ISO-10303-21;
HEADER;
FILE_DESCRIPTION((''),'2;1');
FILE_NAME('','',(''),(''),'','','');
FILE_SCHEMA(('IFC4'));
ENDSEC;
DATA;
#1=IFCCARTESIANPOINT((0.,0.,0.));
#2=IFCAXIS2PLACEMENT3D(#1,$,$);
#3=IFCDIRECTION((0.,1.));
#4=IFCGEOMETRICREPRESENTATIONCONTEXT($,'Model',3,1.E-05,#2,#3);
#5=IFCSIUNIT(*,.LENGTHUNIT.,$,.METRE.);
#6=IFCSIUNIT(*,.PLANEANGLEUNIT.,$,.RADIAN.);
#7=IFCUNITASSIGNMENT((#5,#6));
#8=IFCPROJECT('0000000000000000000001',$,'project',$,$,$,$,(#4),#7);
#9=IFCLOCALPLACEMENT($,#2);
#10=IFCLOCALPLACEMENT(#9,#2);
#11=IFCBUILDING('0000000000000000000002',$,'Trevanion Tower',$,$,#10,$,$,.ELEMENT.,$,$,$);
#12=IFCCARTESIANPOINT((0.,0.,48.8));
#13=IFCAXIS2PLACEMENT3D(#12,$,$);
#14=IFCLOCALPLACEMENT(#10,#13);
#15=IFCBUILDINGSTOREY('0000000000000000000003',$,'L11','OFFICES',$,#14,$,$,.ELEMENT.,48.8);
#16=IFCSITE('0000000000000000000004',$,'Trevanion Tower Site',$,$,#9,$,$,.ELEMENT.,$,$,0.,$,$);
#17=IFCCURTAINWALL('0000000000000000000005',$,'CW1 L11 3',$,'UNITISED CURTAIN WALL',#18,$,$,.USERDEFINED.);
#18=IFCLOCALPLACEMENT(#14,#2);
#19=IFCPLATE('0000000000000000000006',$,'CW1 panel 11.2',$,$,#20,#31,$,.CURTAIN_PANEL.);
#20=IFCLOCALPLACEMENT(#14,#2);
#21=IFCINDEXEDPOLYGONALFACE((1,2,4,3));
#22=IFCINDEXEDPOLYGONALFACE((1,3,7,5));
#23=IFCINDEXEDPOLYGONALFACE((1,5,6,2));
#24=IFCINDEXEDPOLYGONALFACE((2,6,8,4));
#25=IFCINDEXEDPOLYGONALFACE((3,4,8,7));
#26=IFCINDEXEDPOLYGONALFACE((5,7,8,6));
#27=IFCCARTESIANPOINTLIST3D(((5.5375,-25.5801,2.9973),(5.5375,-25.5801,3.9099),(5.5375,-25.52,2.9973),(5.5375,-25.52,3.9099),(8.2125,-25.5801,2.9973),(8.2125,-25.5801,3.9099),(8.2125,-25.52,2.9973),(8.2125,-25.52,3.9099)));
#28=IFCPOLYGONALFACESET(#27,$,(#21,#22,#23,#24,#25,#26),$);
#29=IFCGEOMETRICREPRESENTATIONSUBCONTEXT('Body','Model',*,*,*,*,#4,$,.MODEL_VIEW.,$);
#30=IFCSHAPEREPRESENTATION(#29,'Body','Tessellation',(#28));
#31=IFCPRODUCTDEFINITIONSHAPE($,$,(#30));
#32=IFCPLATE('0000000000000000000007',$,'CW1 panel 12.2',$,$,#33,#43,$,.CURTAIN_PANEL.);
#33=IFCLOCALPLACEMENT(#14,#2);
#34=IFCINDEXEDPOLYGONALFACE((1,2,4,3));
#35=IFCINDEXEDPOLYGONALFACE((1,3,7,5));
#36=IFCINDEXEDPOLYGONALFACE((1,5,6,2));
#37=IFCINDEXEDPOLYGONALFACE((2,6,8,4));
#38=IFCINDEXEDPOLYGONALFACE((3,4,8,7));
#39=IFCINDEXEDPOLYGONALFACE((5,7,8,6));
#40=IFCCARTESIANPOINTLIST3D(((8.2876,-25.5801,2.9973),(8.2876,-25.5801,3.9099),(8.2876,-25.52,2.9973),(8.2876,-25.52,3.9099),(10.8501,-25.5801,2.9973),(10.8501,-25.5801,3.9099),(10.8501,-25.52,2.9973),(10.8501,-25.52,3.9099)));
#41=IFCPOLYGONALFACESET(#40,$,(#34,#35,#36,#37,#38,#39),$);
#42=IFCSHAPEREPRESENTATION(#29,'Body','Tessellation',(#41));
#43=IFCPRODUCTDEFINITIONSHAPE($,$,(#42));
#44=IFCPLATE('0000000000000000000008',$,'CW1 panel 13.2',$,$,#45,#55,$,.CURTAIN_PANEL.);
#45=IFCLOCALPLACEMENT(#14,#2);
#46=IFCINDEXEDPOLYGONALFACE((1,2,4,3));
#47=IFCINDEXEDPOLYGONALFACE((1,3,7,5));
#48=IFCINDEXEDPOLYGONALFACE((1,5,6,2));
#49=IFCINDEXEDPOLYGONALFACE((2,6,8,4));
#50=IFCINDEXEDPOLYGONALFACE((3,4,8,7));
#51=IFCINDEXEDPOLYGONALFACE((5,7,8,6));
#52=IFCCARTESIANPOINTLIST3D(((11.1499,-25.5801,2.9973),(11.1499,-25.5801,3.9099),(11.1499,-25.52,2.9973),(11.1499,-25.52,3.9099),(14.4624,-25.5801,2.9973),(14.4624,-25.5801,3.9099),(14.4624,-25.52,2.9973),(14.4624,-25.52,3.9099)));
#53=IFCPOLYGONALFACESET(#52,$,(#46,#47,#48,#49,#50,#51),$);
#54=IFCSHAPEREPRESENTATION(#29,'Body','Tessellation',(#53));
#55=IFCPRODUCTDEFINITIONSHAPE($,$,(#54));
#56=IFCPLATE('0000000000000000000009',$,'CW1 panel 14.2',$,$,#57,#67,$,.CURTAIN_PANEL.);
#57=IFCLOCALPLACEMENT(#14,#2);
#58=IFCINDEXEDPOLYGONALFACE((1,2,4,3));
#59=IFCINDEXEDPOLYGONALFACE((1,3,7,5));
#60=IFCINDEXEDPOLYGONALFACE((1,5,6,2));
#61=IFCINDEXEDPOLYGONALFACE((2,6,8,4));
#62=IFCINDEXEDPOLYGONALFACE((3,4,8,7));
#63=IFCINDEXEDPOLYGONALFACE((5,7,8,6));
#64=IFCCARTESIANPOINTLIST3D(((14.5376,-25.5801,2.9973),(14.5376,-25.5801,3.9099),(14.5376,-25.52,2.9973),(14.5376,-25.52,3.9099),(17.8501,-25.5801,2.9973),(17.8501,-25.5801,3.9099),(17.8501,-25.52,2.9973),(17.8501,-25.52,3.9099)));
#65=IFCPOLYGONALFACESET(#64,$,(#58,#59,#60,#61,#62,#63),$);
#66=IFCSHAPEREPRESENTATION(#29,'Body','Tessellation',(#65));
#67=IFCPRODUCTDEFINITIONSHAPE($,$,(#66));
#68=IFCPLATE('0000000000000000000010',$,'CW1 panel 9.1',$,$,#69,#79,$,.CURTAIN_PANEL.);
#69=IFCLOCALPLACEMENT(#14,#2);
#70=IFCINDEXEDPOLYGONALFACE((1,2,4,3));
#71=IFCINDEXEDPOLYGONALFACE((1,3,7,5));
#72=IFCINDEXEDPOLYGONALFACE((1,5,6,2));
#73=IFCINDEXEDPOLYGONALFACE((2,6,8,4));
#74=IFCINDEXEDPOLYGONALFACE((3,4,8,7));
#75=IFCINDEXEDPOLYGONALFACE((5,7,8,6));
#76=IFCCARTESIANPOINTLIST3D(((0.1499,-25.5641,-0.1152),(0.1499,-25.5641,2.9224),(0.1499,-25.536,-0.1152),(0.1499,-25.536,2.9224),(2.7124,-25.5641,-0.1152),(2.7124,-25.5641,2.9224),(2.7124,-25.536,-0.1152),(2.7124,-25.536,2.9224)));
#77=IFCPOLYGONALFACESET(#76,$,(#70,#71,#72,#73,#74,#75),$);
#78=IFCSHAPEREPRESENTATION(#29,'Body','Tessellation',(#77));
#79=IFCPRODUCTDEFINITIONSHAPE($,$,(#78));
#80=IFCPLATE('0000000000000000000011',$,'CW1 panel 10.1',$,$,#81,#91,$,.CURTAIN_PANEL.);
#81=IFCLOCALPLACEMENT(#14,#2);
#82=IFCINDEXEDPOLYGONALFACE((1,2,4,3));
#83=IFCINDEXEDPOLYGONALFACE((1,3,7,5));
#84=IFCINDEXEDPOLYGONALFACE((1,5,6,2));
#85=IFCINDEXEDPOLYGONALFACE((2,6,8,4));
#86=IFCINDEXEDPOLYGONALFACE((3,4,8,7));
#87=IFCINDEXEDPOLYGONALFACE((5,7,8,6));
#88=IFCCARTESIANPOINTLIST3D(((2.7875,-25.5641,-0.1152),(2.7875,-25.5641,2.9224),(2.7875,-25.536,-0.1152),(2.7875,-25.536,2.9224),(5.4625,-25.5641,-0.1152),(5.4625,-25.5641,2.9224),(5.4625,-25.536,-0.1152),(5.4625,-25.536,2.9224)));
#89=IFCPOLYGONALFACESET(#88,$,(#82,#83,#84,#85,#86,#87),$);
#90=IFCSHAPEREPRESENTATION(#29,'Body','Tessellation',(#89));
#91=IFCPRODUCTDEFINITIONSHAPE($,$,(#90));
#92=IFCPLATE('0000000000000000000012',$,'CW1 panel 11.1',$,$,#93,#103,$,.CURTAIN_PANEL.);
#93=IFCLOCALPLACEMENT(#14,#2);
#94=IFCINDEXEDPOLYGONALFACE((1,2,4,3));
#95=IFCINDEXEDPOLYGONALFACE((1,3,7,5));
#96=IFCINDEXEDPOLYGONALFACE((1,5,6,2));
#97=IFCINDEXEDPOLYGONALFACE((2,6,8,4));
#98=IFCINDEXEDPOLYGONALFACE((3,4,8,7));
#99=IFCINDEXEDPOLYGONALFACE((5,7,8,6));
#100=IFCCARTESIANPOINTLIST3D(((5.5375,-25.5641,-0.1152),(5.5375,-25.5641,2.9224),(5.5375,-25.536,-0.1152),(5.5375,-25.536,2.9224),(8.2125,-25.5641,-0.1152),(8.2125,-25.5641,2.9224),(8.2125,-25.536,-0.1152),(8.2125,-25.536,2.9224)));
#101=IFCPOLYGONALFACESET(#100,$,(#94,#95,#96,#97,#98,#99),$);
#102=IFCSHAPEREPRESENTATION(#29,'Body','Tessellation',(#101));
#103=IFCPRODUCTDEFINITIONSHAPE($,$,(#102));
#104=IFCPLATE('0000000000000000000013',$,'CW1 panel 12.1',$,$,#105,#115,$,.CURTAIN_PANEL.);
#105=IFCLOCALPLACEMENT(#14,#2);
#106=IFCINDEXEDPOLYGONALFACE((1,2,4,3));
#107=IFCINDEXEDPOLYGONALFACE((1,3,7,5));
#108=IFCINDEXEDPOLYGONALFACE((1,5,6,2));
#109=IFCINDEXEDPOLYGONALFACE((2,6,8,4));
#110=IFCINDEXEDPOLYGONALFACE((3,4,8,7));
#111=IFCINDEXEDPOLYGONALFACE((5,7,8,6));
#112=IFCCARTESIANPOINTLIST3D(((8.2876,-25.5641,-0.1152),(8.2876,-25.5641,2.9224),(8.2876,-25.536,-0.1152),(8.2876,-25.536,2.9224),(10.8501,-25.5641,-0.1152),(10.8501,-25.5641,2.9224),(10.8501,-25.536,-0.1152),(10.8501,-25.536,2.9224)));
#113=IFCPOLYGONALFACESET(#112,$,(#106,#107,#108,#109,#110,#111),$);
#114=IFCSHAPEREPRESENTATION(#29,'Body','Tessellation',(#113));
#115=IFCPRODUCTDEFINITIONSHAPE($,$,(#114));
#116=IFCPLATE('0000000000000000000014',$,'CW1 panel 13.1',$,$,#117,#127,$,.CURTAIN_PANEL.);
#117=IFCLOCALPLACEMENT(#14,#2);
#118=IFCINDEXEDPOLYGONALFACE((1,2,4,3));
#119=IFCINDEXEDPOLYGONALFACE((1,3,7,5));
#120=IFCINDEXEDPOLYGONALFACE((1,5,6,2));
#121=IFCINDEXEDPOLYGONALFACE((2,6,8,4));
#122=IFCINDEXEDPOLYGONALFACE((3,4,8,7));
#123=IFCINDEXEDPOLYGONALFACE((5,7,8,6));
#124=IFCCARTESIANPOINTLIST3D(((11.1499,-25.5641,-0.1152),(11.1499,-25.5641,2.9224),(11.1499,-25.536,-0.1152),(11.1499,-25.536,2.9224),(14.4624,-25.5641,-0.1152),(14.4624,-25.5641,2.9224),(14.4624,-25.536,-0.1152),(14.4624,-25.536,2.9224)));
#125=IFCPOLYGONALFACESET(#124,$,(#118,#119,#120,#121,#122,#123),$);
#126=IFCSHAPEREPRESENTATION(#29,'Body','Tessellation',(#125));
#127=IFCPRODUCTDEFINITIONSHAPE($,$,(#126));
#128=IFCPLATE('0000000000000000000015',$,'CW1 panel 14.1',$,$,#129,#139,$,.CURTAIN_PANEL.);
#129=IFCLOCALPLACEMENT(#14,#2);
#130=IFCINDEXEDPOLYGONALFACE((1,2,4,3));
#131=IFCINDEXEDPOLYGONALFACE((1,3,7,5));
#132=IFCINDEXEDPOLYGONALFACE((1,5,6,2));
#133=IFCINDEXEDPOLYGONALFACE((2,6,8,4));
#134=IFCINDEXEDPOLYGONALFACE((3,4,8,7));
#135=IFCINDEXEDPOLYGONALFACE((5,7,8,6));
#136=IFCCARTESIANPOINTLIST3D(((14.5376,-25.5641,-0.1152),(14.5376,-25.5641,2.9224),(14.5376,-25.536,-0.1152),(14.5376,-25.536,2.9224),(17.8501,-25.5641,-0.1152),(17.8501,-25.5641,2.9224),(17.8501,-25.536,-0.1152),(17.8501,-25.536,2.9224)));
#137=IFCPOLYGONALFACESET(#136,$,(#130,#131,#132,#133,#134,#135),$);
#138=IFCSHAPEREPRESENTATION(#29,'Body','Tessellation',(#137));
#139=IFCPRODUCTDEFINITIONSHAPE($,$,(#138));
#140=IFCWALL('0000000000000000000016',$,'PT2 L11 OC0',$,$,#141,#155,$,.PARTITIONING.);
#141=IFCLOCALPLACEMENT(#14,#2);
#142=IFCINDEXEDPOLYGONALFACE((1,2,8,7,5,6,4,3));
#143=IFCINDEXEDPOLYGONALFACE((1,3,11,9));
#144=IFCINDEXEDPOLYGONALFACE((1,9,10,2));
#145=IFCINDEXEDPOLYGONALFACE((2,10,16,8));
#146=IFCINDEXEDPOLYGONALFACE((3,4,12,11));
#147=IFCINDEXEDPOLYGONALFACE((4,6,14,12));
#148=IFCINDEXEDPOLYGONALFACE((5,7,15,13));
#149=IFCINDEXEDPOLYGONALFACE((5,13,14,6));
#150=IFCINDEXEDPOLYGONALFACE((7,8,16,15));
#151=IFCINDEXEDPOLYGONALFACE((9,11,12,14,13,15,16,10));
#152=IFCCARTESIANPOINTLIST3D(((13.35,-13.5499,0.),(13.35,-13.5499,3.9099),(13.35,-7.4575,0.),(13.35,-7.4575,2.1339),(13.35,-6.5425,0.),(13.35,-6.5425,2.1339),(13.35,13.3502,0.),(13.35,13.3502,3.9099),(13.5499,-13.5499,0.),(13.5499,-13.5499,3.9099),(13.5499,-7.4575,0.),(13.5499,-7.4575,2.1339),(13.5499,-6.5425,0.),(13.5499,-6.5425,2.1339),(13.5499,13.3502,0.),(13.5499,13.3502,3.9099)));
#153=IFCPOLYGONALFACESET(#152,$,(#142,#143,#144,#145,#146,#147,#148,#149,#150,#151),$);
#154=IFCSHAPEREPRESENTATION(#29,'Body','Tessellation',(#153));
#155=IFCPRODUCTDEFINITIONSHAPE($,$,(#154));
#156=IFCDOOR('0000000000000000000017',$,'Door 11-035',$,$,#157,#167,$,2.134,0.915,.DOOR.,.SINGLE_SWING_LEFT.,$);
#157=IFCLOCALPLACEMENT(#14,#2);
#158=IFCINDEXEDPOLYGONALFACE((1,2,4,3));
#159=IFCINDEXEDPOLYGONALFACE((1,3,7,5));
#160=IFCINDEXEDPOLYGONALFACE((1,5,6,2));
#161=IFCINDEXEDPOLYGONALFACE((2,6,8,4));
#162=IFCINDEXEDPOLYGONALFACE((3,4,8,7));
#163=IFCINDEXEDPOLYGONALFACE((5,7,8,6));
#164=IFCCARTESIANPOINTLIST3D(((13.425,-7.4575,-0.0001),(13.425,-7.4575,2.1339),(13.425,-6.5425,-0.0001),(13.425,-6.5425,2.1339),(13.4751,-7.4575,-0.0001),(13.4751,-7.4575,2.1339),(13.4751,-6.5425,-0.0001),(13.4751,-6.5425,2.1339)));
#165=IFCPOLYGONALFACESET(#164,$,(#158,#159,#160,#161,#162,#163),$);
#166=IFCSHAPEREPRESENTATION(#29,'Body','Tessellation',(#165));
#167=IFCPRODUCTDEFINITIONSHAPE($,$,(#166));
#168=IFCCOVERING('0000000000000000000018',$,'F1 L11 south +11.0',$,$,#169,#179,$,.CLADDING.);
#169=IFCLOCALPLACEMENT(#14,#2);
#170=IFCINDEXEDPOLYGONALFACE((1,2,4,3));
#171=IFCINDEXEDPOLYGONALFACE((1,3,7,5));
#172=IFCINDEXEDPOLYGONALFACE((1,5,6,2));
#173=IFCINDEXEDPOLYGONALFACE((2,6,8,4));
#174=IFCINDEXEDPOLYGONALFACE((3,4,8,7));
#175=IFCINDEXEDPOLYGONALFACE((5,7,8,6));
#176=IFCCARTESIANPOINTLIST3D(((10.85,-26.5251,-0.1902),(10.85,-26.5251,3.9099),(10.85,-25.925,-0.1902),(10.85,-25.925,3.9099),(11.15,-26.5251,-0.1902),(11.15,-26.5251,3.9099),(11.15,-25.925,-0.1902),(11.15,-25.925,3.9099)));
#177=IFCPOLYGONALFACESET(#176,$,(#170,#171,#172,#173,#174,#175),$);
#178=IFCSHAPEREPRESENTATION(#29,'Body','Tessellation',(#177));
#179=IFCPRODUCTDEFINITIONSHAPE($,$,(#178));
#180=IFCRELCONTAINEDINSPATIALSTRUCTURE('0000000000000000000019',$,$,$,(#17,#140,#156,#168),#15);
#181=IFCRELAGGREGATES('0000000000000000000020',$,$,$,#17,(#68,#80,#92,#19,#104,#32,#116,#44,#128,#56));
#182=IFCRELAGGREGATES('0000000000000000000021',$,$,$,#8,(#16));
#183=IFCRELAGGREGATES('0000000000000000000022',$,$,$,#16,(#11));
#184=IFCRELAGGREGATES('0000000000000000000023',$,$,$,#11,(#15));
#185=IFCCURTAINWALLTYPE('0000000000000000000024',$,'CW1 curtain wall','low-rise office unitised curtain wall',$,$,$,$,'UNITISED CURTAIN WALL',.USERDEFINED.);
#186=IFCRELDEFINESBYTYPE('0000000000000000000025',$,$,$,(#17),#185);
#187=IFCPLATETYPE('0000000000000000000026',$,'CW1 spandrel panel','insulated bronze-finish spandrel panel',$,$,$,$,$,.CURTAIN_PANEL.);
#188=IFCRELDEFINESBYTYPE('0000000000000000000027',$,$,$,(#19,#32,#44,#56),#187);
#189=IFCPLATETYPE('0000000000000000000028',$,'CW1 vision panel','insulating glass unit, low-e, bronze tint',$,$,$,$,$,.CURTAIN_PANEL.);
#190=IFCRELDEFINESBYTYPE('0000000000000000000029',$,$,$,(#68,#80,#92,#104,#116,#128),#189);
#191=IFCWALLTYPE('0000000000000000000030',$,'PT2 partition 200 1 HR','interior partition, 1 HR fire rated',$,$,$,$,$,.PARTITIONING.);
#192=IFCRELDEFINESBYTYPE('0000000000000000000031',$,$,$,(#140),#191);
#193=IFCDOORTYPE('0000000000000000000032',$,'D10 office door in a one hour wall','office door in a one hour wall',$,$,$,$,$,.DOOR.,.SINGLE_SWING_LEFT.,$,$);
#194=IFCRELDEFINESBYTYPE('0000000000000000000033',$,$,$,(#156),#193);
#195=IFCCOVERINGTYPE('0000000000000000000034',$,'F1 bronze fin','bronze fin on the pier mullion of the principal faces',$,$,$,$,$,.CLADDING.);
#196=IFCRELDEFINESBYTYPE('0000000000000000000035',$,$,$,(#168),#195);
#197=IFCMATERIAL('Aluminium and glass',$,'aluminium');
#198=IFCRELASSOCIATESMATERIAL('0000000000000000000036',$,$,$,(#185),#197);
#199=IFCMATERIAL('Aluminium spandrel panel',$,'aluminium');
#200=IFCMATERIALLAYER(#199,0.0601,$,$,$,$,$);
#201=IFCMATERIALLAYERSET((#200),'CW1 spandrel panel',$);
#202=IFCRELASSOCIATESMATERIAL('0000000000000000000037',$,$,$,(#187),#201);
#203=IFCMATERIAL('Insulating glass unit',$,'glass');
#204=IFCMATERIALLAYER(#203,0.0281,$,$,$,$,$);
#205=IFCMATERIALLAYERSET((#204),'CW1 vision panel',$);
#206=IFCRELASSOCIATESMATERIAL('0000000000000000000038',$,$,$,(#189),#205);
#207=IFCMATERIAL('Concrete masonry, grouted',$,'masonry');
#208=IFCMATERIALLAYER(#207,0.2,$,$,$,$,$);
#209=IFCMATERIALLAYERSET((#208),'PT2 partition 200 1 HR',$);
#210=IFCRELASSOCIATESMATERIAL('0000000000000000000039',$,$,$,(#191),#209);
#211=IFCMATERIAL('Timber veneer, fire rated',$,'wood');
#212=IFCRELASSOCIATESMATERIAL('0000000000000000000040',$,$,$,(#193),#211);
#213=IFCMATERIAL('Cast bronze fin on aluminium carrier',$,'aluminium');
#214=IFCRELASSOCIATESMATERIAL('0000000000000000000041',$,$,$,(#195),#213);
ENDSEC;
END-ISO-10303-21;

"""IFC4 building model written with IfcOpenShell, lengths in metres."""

from ifc_helpers import new_model, si_unit, direction, frame, frame_2d, origin, origin_2d, place, context, subcontext, project, spatial, rectangle, extrude, material, layer, layer_set, type_object, element, fill, aggregate, save


model = new_model("IFC4")

# Units and contexts
model_context = context("Model", 3, precision=1e-05, world=origin(), true_north=direction((0.0, 1.0)))
body_context = subcontext(model_context, "Body", "Model", "MODEL_VIEW")
ifc_project = project(units=[si_unit("LENGTHUNIT", "METRE"), si_unit("PLANEANGLEUNIT", "RADIAN")], contexts=[model_context])

# Site, building, storey
site_placement = place(None, origin())
site = spatial("IfcSite", under=ifc_project, at=site_placement, Name="Trevanion Tower Site", CompositionType="ELEMENT", RefElevation=0.0)
building_placement = place(site_placement, origin())
building = spatial("IfcBuilding", under=site, at=building_placement, Name="Trevanion Tower", CompositionType="ELEMENT")
storey_placement = place(building_placement, frame((0.0, 0.0, 48.8)))
storey = spatial("IfcBuildingStorey", under=building, at=storey_placement, Name="L11", Description="OFFICES", CompositionType="ELEMENT", Elevation=48.8)

# Curtain wall
ifc_material_1 = material(Name="Aluminium and glass", Category="aluminium")
curtain_wall_type = type_object("IfcCurtainWallType", Name="CW1 curtain wall", Description="low-rise office unitised curtain wall", ElementType="UNITISED CURTAIN WALL", PredefinedType="USERDEFINED", material=ifc_material_1)
curtain_wall_placement = place(storey_placement, origin())
curtain_wall = element("IfcCurtainWall", 1, at=curtain_wall_placement, inside=storey, type_object=curtain_wall_type, Name="CW1 L11 3", ObjectType="UNITISED CURTAIN WALL", PredefinedType="USERDEFINED")

# Plates
ifc_material_2 = material(Name="Aluminium spandrel panel", Category="aluminium")
ifc_layer_1 = layer(ifc_material_2, 0.0601)
ifc_layer_set_1 = layer_set([ifc_layer_1], Name="CW1 spandrel panel")
plate_type_1 = type_object("IfcPlateType", Name="CW1 spandrel panel", Description="insulated bronze-finish spandrel panel", PredefinedType="CURTAIN_PANEL", material=ifc_layer_set_1)
plate_1_placement = place(storey_placement, frame((6.875, -25.55, 2.9973), z_axis=(0.0, 0.0, 1.0), x_axis=(1.0, 0.0, 0.0)))
plate_1 = element("IfcPlate", 2, at=plate_1_placement, type_object=plate_type_1, Name="CW1 panel 11.2", PredefinedType="CURTAIN_PANEL", context=body_context, shape_type="SweptSolid", body=[
    extrude(rectangle(XDim=2.675, YDim=0.0601, at=origin_2d()), origin(), (0.0, 0.0, 1.0), 0.9126),
])
plate_2_placement = place(storey_placement, frame((9.5688, -25.55, 2.9973), z_axis=(0.0, 0.0, 1.0), x_axis=(1.0, 0.0, 0.0)))
plate_2 = element("IfcPlate", 3, at=plate_2_placement, type_object=plate_type_1, Name="CW1 panel 12.2", PredefinedType="CURTAIN_PANEL", context=body_context, shape_type="SweptSolid", body=[
    extrude(rectangle(XDim=2.5625, YDim=0.0601, at=origin_2d()), origin(), (0.0, 0.0, 1.0), 0.9126),
])
plate_3_placement = place(storey_placement, frame((12.8062, -25.55, 2.9973), z_axis=(0.0, 0.0, 1.0), x_axis=(1.0, 0.0, 0.0)))
plate_3 = element("IfcPlate", 4, at=plate_3_placement, type_object=plate_type_1, Name="CW1 panel 13.2", PredefinedType="CURTAIN_PANEL", context=body_context, shape_type="SweptSolid", body=[
    extrude(rectangle(XDim=3.3125, YDim=0.0601, at=origin_2d()), origin(), (0.0, 0.0, 1.0), 0.9126),
])
plate_4_placement = place(storey_placement, frame((16.1938, -25.55, 2.9973), z_axis=(0.0, 0.0, 1.0), x_axis=(1.0, 0.0, 0.0)))
plate_4 = element("IfcPlate", 5, at=plate_4_placement, type_object=plate_type_1, Name="CW1 panel 14.2", PredefinedType="CURTAIN_PANEL", context=body_context, shape_type="SweptSolid", body=[
    extrude(rectangle(XDim=3.3125, YDim=0.0601, at=origin_2d()), origin(), (0.0, 0.0, 1.0), 0.9126),
])
ifc_material_3 = material(Name="Insulating glass unit", Category="glass")
ifc_layer_2 = layer(ifc_material_3, 0.0281)
ifc_layer_set_2 = layer_set([ifc_layer_2], Name="CW1 vision panel")
plate_type_2 = type_object("IfcPlateType", Name="CW1 vision panel", Description="insulating glass unit, low-e, bronze tint", PredefinedType="CURTAIN_PANEL", material=ifc_layer_set_2)
plate_5_placement = place(storey_placement, frame((1.4312, -25.55, -0.1152), z_axis=(0.0, 0.0, 1.0), x_axis=(1.0, 0.0, 0.0)))
plate_5 = element("IfcPlate", 6, at=plate_5_placement, type_object=plate_type_2, Name="CW1 panel 9.1", PredefinedType="CURTAIN_PANEL", context=body_context, shape_type="SweptSolid", body=[
    extrude(rectangle(XDim=2.5625, YDim=0.0281, at=origin_2d()), origin(), (0.0, 0.0, 1.0), 3.0376),
])
plate_6_placement = place(storey_placement, frame((4.125, -25.55, -0.1152), z_axis=(0.0, 0.0, 1.0), x_axis=(1.0, 0.0, 0.0)))
plate_6 = element("IfcPlate", 7, at=plate_6_placement, type_object=plate_type_2, Name="CW1 panel 10.1", PredefinedType="CURTAIN_PANEL", context=body_context, shape_type="SweptSolid", body=[
    extrude(rectangle(XDim=2.675, YDim=0.0281, at=origin_2d()), origin(), (0.0, 0.0, 1.0), 3.0376),
])
plate_7_placement = place(storey_placement, frame((6.875, -25.55, -0.1152), z_axis=(0.0, 0.0, 1.0), x_axis=(1.0, 0.0, 0.0)))
plate_7 = element("IfcPlate", 8, at=plate_7_placement, type_object=plate_type_2, Name="CW1 panel 11.1", PredefinedType="CURTAIN_PANEL", context=body_context, shape_type="SweptSolid", body=[
    extrude(rectangle(XDim=2.675, YDim=0.0281, at=origin_2d()), origin(), (0.0, 0.0, 1.0), 3.0376),
])
plate_8_placement = place(storey_placement, frame((9.5688, -25.55, -0.1152), z_axis=(0.0, 0.0, 1.0), x_axis=(1.0, 0.0, 0.0)))
plate_8 = element("IfcPlate", 9, at=plate_8_placement, type_object=plate_type_2, Name="CW1 panel 12.1", PredefinedType="CURTAIN_PANEL", context=body_context, shape_type="SweptSolid", body=[
    extrude(rectangle(XDim=2.5625, YDim=0.0281, at=origin_2d()), origin(), (0.0, 0.0, 1.0), 3.0376),
])
plate_9_placement = place(storey_placement, frame((12.8062, -25.55, -0.1152), z_axis=(0.0, 0.0, 1.0), x_axis=(1.0, 0.0, 0.0)))
plate_9 = element("IfcPlate", 10, at=plate_9_placement, type_object=plate_type_2, Name="CW1 panel 13.1", PredefinedType="CURTAIN_PANEL", context=body_context, shape_type="SweptSolid", body=[
    extrude(rectangle(XDim=3.3125, YDim=0.0281, at=origin_2d()), origin(), (0.0, 0.0, 1.0), 3.0376),
])
plate_10_placement = place(storey_placement, frame((16.1938, -25.55, -0.1152), z_axis=(0.0, 0.0, 1.0), x_axis=(1.0, 0.0, 0.0)))
plate_10 = element("IfcPlate", 11, at=plate_10_placement, type_object=plate_type_2, Name="CW1 panel 14.1", PredefinedType="CURTAIN_PANEL", context=body_context, shape_type="SweptSolid", body=[
    extrude(rectangle(XDim=3.3125, YDim=0.0281, at=origin_2d()), origin(), (0.0, 0.0, 1.0), 3.0376),
])
aggregate(curtain_wall, [plate_5, plate_6, plate_7, plate_1, plate_8, plate_2, plate_9, plate_3, plate_10, plate_4])

# Wall, opening, door
ifc_material_4 = material(Name="Concrete masonry, grouted", Category="masonry")
ifc_layer_3 = layer(ifc_material_4, 0.2)
ifc_layer_set_3 = layer_set([ifc_layer_3], Name="PT2 partition 200 1 HR")
wall_type = type_object("IfcWallType", Name="PT2 partition 200 1 HR", Description="interior partition, 1 HR fire rated", PredefinedType="PARTITIONING", material=ifc_layer_set_3)
wall_placement = place(storey_placement, frame((13.45, -13.55, 0.0), z_axis=(0.0, 0.0, 1.0), x_axis=(0.0, 1.0, 0.0)))
wall = element("IfcWall", 12, at=wall_placement, inside=storey, type_object=wall_type, Name="PT2 L11 OC0", PredefinedType="PARTITIONING", context=body_context, shape_type="SweptSolid", body=[
    extrude(rectangle(XDim=26.9001, YDim=0.2, at=frame_2d((13.4502, 0.0))), origin(), (0.0, 0.0, 1.0), 3.9099),
])
opening_placement = place(wall_placement, frame((6.0925, 0.0, 0.0)))
opening = element("IfcOpeningElement", 13, at=opening_placement, cuts=wall, PredefinedType="OPENING", context=body_context, shape_type="SweptSolid", body=[
    extrude(rectangle(XDim=0.915, YDim=2.134, at=frame_2d((0.4575, 1.0669))), frame((0.0, 0.1099, 0.0), z_axis=(0.0, -1.0, 0.0), x_axis=(1.0, 0.0, 0.0)), (0.0, 0.0, 1.0), 0.22),
])
ifc_material_5 = material(Name="Timber veneer, fire rated", Category="wood")
door_type = type_object("IfcDoorType", Name="D10 office door in a one hour wall", Description="office door in a one hour wall", OperationType="SINGLE_SWING_LEFT", PredefinedType="DOOR", material=ifc_material_5)
door_placement = place(opening_placement, origin())
door = element("IfcDoor", 14, at=door_placement, inside=storey, type_object=door_type, Name="Door 11-035", OperationType="SINGLE_SWING_LEFT", OverallHeight=2.134, OverallWidth=0.915, PredefinedType="DOOR", context=body_context, shape_type="SweptSolid", body=[
    extrude(rectangle(XDim=0.915, YDim=2.134, at=frame_2d((0.4575, 1.0669))), frame((0.0, 0.0249, 0.0), z_axis=(0.0, -1.0, 0.0), x_axis=(1.0, 0.0, 0.0)), (0.0, 0.0, 1.0), 0.05),
])
fill(opening, door)

# Covering
ifc_material_6 = material(Name="Cast bronze fin on aluminium carrier", Category="aluminium")
covering_type = type_object("IfcCoveringType", Name="F1 bronze fin", Description="bronze fin on the pier mullion of the principal faces", PredefinedType="CLADDING", material=ifc_material_6)
covering_placement = place(storey_placement, frame((11.0, -26.2251, -0.1902), z_axis=(0.0, 0.0, 1.0), x_axis=(1.0, 0.0, 0.0)))
element("IfcCovering", 15, at=covering_placement, inside=storey, type_object=covering_type, Name="F1 L11 south +11.0", PredefinedType="CLADDING", context=body_context, shape_type="SweptSolid", body=[
    extrude(rectangle(XDim=0.3, YDim=0.6001, at=origin_2d()), origin(), (0.0, 0.0, 1.0), 4.1001),
])

save(model, "model.ifc")
